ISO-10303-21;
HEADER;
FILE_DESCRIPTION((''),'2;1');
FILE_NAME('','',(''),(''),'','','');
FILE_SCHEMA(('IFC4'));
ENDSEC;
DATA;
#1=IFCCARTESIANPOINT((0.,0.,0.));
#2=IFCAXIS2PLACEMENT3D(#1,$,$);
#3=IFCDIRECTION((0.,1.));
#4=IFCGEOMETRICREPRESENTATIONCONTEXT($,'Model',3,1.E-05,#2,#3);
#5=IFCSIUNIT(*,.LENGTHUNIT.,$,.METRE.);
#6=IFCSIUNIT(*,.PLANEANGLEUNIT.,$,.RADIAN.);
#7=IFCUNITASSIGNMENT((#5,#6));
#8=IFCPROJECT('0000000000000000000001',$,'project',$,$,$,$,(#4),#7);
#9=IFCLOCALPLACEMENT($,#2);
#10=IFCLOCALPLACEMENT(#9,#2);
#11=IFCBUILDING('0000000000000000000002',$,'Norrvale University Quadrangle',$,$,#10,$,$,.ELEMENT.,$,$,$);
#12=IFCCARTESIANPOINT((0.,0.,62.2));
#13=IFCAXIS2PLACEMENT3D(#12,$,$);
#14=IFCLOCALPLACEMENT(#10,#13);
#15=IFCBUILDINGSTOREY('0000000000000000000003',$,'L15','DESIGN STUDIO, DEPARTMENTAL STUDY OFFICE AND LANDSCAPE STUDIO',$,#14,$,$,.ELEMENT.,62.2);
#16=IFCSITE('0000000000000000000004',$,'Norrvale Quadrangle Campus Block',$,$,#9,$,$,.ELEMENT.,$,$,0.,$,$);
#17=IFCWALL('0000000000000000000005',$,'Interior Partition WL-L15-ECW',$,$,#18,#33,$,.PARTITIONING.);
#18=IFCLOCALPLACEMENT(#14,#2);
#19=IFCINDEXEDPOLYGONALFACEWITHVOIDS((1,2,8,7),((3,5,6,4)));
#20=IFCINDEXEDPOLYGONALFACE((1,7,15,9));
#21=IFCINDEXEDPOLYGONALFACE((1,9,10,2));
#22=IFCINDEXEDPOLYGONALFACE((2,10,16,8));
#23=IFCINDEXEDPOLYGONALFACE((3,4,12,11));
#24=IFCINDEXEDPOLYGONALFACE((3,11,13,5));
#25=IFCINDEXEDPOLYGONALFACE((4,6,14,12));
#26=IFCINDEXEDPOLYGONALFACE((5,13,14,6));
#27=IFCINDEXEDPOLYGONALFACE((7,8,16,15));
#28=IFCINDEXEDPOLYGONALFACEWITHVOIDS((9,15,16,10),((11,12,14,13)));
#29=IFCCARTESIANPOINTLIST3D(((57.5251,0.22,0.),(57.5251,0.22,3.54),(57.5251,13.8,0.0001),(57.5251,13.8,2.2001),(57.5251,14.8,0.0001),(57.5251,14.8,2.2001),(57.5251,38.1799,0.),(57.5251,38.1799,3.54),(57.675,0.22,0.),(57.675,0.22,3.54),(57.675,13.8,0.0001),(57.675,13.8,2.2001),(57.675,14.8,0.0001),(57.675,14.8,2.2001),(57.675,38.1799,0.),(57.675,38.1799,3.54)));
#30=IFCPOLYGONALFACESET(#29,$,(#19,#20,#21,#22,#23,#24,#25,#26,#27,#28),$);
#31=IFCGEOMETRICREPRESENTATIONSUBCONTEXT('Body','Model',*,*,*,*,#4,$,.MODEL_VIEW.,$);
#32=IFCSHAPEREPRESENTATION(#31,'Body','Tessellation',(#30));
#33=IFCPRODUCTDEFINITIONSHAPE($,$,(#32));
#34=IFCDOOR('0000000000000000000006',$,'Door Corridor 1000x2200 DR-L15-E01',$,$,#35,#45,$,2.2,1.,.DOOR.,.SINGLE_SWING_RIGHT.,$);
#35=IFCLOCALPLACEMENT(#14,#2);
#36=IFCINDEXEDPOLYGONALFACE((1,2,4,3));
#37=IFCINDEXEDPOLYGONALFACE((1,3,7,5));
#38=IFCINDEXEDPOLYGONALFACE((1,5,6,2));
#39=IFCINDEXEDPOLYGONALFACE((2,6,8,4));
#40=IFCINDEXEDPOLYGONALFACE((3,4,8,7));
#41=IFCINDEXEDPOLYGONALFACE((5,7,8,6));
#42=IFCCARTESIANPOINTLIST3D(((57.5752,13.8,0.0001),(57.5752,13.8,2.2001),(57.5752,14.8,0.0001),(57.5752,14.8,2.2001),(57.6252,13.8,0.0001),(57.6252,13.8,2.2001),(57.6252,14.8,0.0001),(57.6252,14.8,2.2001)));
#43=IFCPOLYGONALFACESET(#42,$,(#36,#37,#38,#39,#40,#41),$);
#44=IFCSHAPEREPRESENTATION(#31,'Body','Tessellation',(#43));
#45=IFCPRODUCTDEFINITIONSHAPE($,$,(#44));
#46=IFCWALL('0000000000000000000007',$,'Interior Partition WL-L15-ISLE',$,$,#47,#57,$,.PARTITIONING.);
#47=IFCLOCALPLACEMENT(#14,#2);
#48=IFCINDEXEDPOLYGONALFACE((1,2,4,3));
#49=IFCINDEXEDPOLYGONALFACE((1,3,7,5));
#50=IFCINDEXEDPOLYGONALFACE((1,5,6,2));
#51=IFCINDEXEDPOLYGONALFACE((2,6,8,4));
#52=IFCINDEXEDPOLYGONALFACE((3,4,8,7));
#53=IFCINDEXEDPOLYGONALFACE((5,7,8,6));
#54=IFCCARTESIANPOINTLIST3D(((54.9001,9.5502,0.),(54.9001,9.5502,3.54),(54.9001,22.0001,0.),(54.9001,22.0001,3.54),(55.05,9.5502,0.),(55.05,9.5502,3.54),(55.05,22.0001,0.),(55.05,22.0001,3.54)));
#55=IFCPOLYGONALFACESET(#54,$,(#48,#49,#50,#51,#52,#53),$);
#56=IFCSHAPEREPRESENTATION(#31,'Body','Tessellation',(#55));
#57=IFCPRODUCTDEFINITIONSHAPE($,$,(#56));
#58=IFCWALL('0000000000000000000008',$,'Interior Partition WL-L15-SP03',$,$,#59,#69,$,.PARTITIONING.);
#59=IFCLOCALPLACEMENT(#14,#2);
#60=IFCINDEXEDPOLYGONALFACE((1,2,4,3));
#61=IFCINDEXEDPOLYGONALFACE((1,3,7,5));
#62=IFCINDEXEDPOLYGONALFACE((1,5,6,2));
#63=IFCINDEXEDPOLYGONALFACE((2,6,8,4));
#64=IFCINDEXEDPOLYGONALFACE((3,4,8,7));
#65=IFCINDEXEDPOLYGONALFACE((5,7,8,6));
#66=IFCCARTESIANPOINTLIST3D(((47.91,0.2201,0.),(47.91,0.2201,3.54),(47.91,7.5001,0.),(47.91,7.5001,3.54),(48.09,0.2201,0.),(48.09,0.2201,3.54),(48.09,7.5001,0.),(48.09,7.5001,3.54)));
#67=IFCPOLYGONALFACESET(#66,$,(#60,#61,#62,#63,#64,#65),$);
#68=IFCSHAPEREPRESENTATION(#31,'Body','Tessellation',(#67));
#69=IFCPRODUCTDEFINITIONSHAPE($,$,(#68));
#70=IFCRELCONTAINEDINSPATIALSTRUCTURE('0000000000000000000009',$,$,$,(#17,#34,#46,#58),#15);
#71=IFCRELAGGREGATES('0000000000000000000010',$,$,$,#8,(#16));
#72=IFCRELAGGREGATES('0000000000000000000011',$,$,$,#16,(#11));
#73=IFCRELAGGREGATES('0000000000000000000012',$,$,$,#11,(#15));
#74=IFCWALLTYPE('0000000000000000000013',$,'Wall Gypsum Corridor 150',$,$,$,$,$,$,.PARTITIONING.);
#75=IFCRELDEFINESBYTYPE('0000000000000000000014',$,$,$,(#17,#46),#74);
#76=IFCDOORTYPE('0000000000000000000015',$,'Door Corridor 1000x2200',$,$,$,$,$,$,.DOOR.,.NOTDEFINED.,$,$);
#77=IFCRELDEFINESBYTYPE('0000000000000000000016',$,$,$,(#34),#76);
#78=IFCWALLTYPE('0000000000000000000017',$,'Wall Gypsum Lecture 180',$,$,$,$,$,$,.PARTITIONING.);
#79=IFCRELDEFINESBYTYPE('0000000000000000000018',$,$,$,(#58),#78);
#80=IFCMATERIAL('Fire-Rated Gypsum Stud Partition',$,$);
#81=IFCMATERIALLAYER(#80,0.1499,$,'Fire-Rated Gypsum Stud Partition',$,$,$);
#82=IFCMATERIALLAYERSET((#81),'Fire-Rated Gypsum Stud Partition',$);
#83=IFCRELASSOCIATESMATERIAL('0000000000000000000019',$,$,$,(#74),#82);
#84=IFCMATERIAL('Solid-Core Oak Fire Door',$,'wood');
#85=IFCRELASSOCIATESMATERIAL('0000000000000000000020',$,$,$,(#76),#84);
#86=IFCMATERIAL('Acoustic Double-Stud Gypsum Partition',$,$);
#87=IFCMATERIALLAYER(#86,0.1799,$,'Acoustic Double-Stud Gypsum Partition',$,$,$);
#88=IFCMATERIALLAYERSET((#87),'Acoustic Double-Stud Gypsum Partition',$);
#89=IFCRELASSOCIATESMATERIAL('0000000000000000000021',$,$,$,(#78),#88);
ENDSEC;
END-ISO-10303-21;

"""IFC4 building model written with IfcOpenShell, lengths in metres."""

from ifc_helpers import new_model, si_unit, direction, frame, frame_2d, origin, place, context, subcontext, project, spatial, rectangle, extrude, material, layer, layer_set, type_object, element, fill, save


model = new_model("IFC4")

# Units and contexts
model_context = context("Model", 3, precision=1e-05, world=origin(), true_north=direction((0.0, 1.0)))
body_context = subcontext(model_context, "Body", "Model", "MODEL_VIEW")
ifc_project = project(units=[si_unit("LENGTHUNIT", "METRE"), si_unit("PLANEANGLEUNIT", "RADIAN")], contexts=[model_context])

# Site, building, storey
site_placement = place(None, origin())
site = spatial("IfcSite", under=ifc_project, at=site_placement, Name="Norrvale Quadrangle Campus Block", CompositionType="ELEMENT", RefElevation=0.0)
building_placement = place(site_placement, origin())
building = spatial("IfcBuilding", under=site, at=building_placement, Name="Norrvale University Quadrangle", CompositionType="ELEMENT")
storey_placement = place(building_placement, frame((0.0, 0.0, 62.2)))
storey = spatial("IfcBuildingStorey", under=building, at=storey_placement, Name="L15", Description="DESIGN STUDIO, DEPARTMENTAL STUDY OFFICE AND LANDSCAPE STUDIO", CompositionType="ELEMENT", Elevation=62.2)

# Wall, opening, door
ifc_material_1 = material(Name="Fire-Rated Gypsum Stud Partition")
ifc_layer_1 = layer(ifc_material_1, 0.1499, Name="Fire-Rated Gypsum Stud Partition")
ifc_layer_set_1 = layer_set([ifc_layer_1], Name="Fire-Rated Gypsum Stud Partition")
wall_type_1 = type_object("IfcWallType", Name="Wall Gypsum Corridor 150", PredefinedType="PARTITIONING", material=ifc_layer_set_1)
wall_1_placement = place(storey_placement, frame((57.6001, 0.22, 0.0), z_axis=(0.0, 0.0, 1.0), x_axis=(0.0, 1.0, 0.0)))
wall_1 = element("IfcWall", 1, at=wall_1_placement, inside=storey, type_object=wall_type_1, Name="Interior Partition WL-L15-ECW", PredefinedType="PARTITIONING", context=body_context, shape_type="SweptSolid", body=[
    extrude(rectangle(XDim=37.96, YDim=0.1499, at=frame_2d((18.98, 0.0))), origin(), (0.0, 0.0, 1.0), 3.54),
])
opening_1_placement = place(wall_1_placement, frame((13.5801, 0.0, 0.0)))
opening_1 = element("IfcOpeningElement", 2, at=opening_1_placement, cuts=wall_1, PredefinedType="OPENING", context=body_context, shape_type="SweptSolid", body=[
    extrude(rectangle(XDim=1.0, YDim=2.2, at=frame_2d((0.5, 1.1001))), frame((0.0, 0.0869, 0.0), z_axis=(0.0, -1.0, 0.0), x_axis=(1.0, 0.0, 0.0)), (0.0, 0.0, 1.0), 0.1738),
])
ifc_material_2 = material(Name="Solid-Core Oak Fire Door", Category="wood")
door_type = type_object("IfcDoorType", Name="Door Corridor 1000x2200", OperationType="NOTDEFINED", PredefinedType="DOOR", material=ifc_material_2)
door_placement = place(opening_1_placement, origin())
door = element("IfcDoor", 3, at=door_placement, inside=storey, type_object=door_type, Name="Door Corridor 1000x2200 DR-L15-E01", OperationType="SINGLE_SWING_RIGHT", OverallHeight=2.2, OverallWidth=1.0, PredefinedType="DOOR", context=body_context, shape_type="SweptSolid", body=[
    extrude(rectangle(XDim=1.0, YDim=2.2, at=frame_2d((0.5, 1.1001))), frame((0.0, 0.0249, 0.0), z_axis=(0.0, -1.0, 0.0), x_axis=(1.0, 0.0, 0.0)), (0.0, 0.0, 1.0), 0.05),
])
fill(opening_1, door)

# Walls
wall_2_placement = place(storey_placement, frame((54.9751, 9.55, 0.0), z_axis=(0.0, 0.0, 1.0), x_axis=(0.0, 1.0, 0.0)))
element("IfcWall", 4, at=wall_2_placement, inside=storey, type_object=wall_type_1, Name="Interior Partition WL-L15-ISLE", PredefinedType="PARTITIONING", context=body_context, shape_type="SweptSolid", body=[
    extrude(rectangle(XDim=12.45, YDim=0.1499, at=frame_2d((6.2251, 0.0))), origin(), (0.0, 0.0, 1.0), 3.54),
])
ifc_material_3 = material(Name="Acoustic Double-Stud Gypsum Partition")
ifc_layer_2 = layer(ifc_material_3, 0.1799, Name="Acoustic Double-Stud Gypsum Partition")
ifc_layer_set_2 = layer_set([ifc_layer_2], Name="Acoustic Double-Stud Gypsum Partition")
wall_type_2 = type_object("IfcWallType", Name="Wall Gypsum Lecture 180", PredefinedType="PARTITIONING", material=ifc_layer_set_2)
wall_3_placement = place(storey_placement, frame((48.0, 0.22, 0.0), z_axis=(0.0, 0.0, 1.0), x_axis=(0.0, 1.0, 0.0)))
element("IfcWall", 5, at=wall_3_placement, inside=storey, type_object=wall_type_2, Name="Interior Partition WL-L15-SP03", PredefinedType="PARTITIONING", context=body_context, shape_type="SweptSolid", body=[
    extrude(rectangle(XDim=7.28, YDim=0.1799, at=frame_2d((3.6401, 0.0))), origin(), (0.0, 0.0, 1.0), 3.54),
])

save(model, "model.ifc")
